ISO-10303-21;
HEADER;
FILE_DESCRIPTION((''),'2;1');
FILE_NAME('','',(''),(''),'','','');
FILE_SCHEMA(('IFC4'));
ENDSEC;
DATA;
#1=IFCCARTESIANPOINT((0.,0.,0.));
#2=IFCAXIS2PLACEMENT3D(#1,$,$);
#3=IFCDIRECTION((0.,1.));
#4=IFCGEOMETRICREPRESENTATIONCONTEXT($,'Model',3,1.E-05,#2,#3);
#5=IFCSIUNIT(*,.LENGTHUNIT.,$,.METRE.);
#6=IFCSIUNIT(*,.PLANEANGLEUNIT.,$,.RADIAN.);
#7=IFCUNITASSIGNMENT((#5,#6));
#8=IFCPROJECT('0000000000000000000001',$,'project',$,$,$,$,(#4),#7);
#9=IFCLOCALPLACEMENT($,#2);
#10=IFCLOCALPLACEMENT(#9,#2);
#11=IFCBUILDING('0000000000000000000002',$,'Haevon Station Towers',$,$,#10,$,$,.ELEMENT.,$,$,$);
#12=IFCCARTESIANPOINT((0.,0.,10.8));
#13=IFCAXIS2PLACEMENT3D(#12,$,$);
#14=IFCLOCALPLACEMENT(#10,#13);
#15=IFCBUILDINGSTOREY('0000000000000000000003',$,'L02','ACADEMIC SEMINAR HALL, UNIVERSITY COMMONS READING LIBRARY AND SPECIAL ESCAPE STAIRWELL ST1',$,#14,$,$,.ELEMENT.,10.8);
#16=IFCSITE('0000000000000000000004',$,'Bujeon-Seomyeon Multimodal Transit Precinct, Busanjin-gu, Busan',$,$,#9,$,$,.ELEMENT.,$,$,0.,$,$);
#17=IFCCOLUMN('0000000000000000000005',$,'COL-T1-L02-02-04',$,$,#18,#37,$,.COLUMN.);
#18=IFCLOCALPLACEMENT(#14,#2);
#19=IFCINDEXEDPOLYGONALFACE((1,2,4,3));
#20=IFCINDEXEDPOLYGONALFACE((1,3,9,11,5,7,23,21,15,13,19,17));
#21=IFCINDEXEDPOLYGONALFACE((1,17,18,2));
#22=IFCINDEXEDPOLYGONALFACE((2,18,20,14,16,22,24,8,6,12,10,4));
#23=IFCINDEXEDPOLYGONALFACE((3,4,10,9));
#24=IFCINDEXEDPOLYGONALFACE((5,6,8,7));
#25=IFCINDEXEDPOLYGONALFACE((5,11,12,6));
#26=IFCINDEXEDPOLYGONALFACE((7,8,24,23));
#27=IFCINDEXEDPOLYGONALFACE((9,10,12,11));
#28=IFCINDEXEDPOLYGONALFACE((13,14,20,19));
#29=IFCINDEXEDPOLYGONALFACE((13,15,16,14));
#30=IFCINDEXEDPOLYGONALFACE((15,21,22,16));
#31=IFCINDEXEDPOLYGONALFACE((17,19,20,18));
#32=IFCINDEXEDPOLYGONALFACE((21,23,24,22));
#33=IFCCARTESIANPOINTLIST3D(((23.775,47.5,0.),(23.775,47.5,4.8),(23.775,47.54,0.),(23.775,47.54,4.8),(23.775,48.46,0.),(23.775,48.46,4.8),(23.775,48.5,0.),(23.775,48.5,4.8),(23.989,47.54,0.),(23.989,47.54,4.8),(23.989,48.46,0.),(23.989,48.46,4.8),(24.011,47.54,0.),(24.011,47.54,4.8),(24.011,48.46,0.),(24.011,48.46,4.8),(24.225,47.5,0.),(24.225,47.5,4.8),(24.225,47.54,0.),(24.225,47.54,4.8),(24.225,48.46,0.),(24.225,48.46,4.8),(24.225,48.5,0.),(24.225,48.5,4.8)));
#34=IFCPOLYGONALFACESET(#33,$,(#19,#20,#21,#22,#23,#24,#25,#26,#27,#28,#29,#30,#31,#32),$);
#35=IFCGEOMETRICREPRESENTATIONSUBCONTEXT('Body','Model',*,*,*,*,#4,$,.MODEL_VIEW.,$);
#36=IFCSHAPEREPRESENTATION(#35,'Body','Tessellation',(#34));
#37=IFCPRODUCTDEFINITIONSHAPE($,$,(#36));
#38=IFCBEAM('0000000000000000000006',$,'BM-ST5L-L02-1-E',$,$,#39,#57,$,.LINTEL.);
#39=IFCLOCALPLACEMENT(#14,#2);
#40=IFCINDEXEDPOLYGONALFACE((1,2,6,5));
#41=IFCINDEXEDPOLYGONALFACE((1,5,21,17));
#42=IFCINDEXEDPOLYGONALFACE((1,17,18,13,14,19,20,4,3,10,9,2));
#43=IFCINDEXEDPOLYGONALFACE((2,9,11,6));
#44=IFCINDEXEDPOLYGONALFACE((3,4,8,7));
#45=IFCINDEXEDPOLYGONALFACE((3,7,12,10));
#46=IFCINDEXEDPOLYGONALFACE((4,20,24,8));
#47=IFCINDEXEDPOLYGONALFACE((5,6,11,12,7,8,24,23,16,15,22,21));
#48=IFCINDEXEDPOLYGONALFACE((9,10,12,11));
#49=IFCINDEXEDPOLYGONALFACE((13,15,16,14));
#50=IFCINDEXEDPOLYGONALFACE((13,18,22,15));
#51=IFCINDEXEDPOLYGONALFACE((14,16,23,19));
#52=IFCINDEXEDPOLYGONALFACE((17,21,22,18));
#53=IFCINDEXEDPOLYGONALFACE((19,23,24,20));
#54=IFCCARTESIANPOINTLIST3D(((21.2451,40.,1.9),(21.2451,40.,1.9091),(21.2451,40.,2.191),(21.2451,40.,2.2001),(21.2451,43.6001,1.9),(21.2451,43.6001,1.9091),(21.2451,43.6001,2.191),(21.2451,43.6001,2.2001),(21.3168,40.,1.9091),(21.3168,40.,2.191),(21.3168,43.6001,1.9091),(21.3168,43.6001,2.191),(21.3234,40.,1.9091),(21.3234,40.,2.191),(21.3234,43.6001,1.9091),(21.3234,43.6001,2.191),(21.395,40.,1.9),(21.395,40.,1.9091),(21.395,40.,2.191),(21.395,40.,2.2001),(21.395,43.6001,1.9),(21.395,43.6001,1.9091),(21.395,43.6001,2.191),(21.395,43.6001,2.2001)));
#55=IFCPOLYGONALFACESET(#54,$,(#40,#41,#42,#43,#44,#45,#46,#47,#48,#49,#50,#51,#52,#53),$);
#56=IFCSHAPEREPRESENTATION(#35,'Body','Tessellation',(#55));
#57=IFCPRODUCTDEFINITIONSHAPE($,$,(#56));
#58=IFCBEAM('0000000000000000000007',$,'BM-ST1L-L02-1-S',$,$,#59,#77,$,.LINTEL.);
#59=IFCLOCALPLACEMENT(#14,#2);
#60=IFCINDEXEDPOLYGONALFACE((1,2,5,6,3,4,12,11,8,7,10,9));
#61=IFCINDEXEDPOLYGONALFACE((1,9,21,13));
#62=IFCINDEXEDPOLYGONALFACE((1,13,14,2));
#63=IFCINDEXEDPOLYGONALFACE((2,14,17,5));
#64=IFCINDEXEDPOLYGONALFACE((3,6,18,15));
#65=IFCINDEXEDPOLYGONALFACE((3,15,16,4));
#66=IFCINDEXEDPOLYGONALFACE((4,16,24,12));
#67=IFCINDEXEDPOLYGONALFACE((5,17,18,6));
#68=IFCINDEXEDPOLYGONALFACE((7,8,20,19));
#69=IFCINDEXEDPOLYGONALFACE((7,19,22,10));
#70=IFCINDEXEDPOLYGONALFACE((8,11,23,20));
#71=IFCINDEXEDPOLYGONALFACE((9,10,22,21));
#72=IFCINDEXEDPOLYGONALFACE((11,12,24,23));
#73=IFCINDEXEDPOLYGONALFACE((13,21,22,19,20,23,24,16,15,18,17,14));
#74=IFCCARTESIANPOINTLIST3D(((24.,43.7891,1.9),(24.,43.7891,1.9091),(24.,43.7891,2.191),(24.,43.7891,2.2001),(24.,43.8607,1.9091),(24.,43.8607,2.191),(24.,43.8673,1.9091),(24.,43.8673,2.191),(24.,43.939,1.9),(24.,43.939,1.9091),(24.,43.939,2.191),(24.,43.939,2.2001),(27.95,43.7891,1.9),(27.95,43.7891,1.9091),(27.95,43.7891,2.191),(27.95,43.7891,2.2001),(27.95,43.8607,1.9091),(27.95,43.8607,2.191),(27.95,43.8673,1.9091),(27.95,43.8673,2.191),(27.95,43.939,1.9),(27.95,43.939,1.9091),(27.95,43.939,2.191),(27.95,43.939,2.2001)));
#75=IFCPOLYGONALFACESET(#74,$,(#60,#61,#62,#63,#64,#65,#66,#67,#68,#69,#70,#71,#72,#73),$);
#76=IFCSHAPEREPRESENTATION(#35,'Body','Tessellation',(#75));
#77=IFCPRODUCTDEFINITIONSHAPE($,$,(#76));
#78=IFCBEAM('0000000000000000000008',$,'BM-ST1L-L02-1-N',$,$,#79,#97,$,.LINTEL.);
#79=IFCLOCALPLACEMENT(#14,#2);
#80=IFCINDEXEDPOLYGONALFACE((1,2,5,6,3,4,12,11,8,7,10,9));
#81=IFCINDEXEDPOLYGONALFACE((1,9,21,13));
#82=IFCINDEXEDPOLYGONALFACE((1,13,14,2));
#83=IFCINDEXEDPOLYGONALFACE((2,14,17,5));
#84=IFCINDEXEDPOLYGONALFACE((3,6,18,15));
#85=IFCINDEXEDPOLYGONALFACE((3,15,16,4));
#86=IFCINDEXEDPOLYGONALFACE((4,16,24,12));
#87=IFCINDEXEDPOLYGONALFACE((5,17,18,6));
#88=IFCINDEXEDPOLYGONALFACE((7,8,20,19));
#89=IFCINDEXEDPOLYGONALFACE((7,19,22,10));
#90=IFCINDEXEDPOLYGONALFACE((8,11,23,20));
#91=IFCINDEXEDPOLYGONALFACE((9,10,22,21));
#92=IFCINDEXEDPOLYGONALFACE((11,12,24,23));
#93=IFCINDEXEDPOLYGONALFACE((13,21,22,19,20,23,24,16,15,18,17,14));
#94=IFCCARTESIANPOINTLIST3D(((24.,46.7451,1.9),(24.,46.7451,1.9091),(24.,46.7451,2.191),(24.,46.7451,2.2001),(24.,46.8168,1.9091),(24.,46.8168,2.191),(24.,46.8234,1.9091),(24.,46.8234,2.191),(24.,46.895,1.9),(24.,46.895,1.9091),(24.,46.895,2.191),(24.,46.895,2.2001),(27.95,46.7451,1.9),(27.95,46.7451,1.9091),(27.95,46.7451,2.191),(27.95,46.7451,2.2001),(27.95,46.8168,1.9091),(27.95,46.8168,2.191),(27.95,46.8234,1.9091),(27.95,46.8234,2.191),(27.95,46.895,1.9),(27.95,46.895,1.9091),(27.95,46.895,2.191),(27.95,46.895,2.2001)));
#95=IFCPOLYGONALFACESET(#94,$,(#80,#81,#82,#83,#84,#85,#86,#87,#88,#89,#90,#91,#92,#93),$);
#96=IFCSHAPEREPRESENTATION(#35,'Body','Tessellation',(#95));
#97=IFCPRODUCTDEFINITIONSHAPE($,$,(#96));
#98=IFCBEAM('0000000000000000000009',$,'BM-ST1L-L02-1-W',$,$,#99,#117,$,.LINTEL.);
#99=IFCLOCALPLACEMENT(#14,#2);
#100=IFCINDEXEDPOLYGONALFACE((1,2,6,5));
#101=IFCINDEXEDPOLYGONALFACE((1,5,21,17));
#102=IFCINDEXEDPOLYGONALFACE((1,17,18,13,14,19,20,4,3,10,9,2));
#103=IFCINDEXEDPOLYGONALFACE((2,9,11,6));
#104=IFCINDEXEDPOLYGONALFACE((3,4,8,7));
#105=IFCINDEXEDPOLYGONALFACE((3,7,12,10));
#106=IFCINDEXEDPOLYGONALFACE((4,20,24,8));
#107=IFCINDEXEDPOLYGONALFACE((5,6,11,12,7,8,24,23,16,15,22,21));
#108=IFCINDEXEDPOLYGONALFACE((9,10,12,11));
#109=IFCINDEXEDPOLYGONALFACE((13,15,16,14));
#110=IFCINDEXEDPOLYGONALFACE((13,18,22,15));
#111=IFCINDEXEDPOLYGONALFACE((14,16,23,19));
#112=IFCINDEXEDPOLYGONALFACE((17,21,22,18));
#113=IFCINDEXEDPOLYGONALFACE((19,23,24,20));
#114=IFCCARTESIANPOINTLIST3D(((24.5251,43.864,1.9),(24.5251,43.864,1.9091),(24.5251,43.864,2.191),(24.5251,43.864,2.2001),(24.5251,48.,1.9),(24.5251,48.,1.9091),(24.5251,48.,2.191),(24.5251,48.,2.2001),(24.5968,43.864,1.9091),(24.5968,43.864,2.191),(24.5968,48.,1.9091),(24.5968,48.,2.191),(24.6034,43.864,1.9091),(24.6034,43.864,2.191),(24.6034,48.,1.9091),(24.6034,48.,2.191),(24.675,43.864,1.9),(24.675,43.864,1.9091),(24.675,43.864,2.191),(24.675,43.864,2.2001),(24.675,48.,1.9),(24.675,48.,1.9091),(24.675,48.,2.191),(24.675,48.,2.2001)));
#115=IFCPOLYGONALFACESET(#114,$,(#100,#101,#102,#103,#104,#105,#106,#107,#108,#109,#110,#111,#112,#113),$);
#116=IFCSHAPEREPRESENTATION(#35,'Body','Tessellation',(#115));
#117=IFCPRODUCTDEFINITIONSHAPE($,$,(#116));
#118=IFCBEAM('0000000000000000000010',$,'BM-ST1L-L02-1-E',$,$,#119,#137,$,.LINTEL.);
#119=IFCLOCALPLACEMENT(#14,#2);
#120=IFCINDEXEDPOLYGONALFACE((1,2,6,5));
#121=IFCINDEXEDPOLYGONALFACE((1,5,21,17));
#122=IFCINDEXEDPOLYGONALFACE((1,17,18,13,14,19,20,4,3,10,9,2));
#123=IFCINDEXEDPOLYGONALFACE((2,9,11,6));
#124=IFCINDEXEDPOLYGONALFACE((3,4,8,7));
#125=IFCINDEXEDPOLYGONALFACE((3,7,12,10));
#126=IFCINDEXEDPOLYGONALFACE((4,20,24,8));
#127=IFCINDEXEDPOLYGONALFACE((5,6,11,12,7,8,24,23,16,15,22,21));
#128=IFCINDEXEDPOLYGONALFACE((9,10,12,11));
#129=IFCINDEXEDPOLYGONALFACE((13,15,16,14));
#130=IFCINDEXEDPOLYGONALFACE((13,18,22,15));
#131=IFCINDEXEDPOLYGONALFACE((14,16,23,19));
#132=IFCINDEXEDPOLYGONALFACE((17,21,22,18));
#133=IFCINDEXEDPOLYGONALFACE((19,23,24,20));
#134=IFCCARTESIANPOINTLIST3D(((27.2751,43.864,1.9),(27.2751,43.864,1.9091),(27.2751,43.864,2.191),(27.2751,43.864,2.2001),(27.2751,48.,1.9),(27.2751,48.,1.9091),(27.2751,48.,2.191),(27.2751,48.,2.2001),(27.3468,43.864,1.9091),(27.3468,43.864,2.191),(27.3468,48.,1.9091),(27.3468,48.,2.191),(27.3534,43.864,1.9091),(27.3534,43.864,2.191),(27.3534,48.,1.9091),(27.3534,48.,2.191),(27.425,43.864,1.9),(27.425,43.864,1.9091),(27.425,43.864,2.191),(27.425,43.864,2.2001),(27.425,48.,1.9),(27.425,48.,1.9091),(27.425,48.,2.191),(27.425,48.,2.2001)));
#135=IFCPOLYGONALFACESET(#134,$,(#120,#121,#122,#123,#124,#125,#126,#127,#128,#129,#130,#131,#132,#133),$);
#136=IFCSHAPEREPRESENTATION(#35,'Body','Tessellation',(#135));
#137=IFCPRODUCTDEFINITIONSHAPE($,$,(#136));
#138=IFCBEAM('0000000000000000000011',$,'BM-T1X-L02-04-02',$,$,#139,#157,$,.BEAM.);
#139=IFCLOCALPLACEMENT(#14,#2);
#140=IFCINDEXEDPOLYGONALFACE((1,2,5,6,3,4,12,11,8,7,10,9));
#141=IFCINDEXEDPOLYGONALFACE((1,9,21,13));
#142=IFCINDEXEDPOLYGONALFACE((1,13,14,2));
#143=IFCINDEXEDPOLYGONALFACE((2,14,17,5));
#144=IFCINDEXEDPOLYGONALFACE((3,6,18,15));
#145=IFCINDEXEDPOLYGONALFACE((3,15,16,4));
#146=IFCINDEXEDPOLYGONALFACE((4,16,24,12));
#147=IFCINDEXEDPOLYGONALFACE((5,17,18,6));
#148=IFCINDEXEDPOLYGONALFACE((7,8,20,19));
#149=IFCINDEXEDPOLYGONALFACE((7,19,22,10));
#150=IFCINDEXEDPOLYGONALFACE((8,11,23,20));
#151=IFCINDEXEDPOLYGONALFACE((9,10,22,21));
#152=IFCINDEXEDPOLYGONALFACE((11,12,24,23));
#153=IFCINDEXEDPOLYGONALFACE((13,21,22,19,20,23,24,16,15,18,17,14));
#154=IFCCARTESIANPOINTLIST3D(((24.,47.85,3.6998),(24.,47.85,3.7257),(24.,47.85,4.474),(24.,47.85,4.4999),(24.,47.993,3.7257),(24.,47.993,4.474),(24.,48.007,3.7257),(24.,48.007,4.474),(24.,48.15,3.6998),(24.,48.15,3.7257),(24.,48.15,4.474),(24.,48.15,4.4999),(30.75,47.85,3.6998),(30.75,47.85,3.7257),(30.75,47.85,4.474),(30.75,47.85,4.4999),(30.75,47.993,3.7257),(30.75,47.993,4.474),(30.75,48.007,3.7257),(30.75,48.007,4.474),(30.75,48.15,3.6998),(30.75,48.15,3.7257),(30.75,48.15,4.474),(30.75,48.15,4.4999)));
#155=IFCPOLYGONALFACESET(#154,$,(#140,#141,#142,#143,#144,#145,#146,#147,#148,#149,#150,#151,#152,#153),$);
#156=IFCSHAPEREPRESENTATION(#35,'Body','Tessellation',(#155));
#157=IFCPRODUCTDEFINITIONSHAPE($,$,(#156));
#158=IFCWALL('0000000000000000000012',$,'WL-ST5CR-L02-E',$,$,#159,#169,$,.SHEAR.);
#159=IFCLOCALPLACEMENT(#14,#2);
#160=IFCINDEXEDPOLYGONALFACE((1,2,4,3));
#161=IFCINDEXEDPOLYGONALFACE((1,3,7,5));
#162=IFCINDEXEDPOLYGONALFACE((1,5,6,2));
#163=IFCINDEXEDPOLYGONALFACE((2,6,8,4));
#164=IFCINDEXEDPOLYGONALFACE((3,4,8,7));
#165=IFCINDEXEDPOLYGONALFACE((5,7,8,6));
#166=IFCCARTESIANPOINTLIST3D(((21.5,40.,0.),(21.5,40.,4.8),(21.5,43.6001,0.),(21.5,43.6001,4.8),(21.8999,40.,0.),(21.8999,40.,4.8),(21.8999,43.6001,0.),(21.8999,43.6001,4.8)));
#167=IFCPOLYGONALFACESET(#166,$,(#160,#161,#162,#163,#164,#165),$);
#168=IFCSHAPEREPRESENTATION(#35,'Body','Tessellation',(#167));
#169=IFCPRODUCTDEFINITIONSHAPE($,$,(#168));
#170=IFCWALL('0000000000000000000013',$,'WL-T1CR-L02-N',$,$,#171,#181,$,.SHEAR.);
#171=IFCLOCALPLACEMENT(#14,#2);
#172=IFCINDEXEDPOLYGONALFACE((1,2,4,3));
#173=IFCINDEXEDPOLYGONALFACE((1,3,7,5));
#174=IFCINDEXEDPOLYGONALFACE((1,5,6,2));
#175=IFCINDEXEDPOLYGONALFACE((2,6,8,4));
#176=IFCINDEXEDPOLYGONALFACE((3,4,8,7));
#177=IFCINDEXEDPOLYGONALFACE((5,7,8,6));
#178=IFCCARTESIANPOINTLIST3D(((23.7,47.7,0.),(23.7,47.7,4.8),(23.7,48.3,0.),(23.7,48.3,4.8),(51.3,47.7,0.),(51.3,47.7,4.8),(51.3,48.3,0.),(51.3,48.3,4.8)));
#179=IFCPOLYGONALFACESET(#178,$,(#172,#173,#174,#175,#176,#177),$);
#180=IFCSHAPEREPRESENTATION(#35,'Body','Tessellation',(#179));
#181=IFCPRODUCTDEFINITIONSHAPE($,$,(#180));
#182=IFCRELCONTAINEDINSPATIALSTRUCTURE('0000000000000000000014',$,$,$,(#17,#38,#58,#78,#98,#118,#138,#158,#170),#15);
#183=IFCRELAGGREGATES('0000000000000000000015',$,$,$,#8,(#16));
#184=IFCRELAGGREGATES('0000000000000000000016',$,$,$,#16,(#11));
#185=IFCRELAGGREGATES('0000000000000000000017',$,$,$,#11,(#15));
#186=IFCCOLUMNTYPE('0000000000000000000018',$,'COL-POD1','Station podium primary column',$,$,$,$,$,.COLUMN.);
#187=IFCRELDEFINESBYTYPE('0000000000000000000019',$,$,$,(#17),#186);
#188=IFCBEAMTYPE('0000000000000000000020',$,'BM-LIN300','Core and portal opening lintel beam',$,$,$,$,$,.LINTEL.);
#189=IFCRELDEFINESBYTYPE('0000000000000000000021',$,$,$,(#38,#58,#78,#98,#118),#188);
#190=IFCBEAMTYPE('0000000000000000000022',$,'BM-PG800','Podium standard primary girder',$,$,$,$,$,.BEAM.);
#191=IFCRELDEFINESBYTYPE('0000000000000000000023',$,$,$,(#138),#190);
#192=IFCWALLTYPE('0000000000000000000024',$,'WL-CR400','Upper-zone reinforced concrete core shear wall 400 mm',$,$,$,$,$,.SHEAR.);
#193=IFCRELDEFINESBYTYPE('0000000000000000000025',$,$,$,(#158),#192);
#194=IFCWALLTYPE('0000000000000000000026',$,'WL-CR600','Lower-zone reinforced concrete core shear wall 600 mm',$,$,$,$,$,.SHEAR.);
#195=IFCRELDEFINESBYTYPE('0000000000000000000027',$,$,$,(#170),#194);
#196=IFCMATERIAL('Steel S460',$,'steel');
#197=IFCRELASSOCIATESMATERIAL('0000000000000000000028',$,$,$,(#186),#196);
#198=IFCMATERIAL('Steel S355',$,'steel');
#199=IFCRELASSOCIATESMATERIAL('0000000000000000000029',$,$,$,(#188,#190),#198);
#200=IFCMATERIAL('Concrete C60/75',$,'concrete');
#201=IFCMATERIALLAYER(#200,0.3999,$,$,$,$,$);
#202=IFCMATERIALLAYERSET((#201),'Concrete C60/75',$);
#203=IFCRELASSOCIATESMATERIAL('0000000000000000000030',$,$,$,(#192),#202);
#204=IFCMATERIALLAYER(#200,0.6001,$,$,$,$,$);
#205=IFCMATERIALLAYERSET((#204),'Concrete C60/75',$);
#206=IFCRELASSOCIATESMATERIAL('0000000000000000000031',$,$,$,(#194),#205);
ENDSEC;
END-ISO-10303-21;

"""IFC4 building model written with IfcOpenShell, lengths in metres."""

from ifc_helpers import new_model, si_unit, direction, frame, frame_2d, origin, origin_2d, place, context, subcontext, project, spatial, rectangle, i_section, extrude, material, layer, layer_set, material_profile, profile_set, type_object, element, save


model = new_model("IFC4")

# Units and contexts
model_context = context("Model", 3, precision=1e-05, world=origin(), true_north=direction((0.0, 1.0)))
body_context = subcontext(model_context, "Body", "Model", "MODEL_VIEW")
ifc_project = project(units=[si_unit("LENGTHUNIT", "METRE"), si_unit("PLANEANGLEUNIT", "RADIAN")], contexts=[model_context])

# Site, building, storey
site_placement = place(None, origin())
site = spatial("IfcSite", under=ifc_project, at=site_placement, Name="Bujeon-Seomyeon Multimodal Transit Precinct, Busanjin-gu, Busan", CompositionType="ELEMENT", RefElevation=0.0)
building_placement = place(site_placement, origin())
building = spatial("IfcBuilding", under=site, at=building_placement, Name="Haevon Station Towers", CompositionType="ELEMENT")
storey_placement = place(building_placement, frame((0.0, 0.0, 10.8)))
storey = spatial("IfcBuildingStorey", under=building, at=storey_placement, Name="L02", Description="ACADEMIC SEMINAR HALL, UNIVERSITY COMMONS READING LIBRARY AND SPECIAL ESCAPE STAIRWELL ST1", CompositionType="ELEMENT", Elevation=10.8)

# Column
ifc_material_1 = material(Name="Steel S460", Category="steel")
ifc_material_profile_1 = material_profile(ifc_material_1, i_section(OverallWidth=0.45, OverallDepth=1.0, WebThickness=0.022, FlangeThickness=0.04, at=origin_2d()), Name="H-1000x450x22x40")
ifc_profile_set_1 = profile_set([ifc_material_profile_1], Name="Steel S460")
column_type = type_object("IfcColumnType", Name="COL-POD1", Description="Station podium primary column", PredefinedType="COLUMN", material=ifc_profile_set_1)
column_placement = place(storey_placement, frame((24.0, 48.0, 0.0), z_axis=(0.0, 0.0, 1.0), x_axis=(1.0, 0.0, 0.0)))
element("IfcColumn", 1, at=column_placement, inside=storey, type_object=column_type, Name="COL-T1-L02-02-04", PredefinedType="COLUMN", context=body_context, shape_type="SweptSolid", body=[
    extrude(i_section(OverallWidth=0.45, OverallDepth=1.0, WebThickness=0.022, FlangeThickness=0.04, at=origin_2d()), origin(), (0.0, 0.0, 1.0), 4.8),
])

# Beams
ifc_material_2 = material(Name="Steel S355", Category="steel")
ifc_material_profile_2 = material_profile(ifc_material_2, i_section(OverallWidth=0.1499, OverallDepth=0.3, WebThickness=0.0066, FlangeThickness=0.009, at=origin_2d()), Name="H-300x150x6.5x9")
ifc_profile_set_2 = profile_set([ifc_material_profile_2], Name="Steel S355")
beam_type_1 = type_object("IfcBeamType", Name="BM-LIN300", Description="Core and portal opening lintel beam", PredefinedType="LINTEL", material=ifc_profile_set_2)
beam_1_placement = place(storey_placement, frame((21.3201, 40.0, 2.05), z_axis=(0.0, 1.0, 0.0), x_axis=(-1.0, 0.0, 0.0)))
element("IfcBeam", 2, at=beam_1_placement, inside=storey, type_object=beam_type_1, Name="BM-ST5L-L02-1-E", PredefinedType="LINTEL", context=body_context, shape_type="SweptSolid", body=[
    extrude(i_section(OverallWidth=0.1499, OverallDepth=0.3, WebThickness=0.0066, FlangeThickness=0.009, at=origin_2d()), origin(), (0.0, 0.0, 1.0), 3.6001),
])
for number, where, z_axis, x_axis, name in (
    (3, (24.0, 43.864, 2.05), (1.0, 0.0, 0.0), (0.0, 1.0, 0.0), "BM-ST1L-L02-1-S"),
    (4, (24.0, 46.8201, 2.05), (1.0, 0.0, 0.0), (0.0, 1.0, 0.0), "BM-ST1L-L02-1-N"),
):
    element("IfcBeam", number, at=place(storey_placement, frame(where, z_axis=z_axis, x_axis=x_axis)), inside=storey, type_object=beam_type_1, Name=name, PredefinedType="LINTEL", context=body_context, shape_type="SweptSolid", body=[
        extrude(i_section(OverallWidth=0.1499, OverallDepth=0.3, WebThickness=0.0066, FlangeThickness=0.009, at=origin_2d()), origin(), (0.0, 0.0, 1.0), 3.95),
    ])
for number, where, z_axis, x_axis, name in (
    (5, (24.6001, 43.864, 2.05), (0.0, 1.0, 0.0), (-1.0, 0.0, 0.0), "BM-ST1L-L02-1-W"),
    (6, (27.3501, 43.864, 2.05), (0.0, 1.0, 0.0), (-1.0, 0.0, 0.0), "BM-ST1L-L02-1-E"),
):
    element("IfcBeam", number, at=place(storey_placement, frame(where, z_axis=z_axis, x_axis=x_axis)), inside=storey, type_object=beam_type_1, Name=name, PredefinedType="LINTEL", context=body_context, shape_type="SweptSolid", body=[
        extrude(i_section(OverallWidth=0.1499, OverallDepth=0.3, WebThickness=0.0066, FlangeThickness=0.009, at=origin_2d()), origin(), (0.0, 0.0, 1.0), 4.136),
    ])
ifc_material_profile_3 = material_profile(ifc_material_2, i_section(OverallWidth=0.3, OverallDepth=0.8, WebThickness=0.0139, FlangeThickness=0.0259, at=origin_2d()), Name="H-800x300x14x26")
ifc_profile_set_3 = profile_set([ifc_material_profile_3], Name="Steel S355")
beam_type_2 = type_object("IfcBeamType", Name="BM-PG800", Description="Podium standard primary girder", PredefinedType="BEAM", material=ifc_profile_set_3)
beam_2_placement = place(storey_placement, frame((24.0, 48.0, 4.0999), z_axis=(1.0, 0.0, 0.0), x_axis=(0.0, 1.0, 0.0)))
element("IfcBeam", 7, at=beam_2_placement, inside=storey, type_object=beam_type_2, Name="BM-T1X-L02-04-02", PredefinedType="BEAM", context=body_context, shape_type="SweptSolid", body=[
    extrude(i_section(OverallWidth=0.3, OverallDepth=0.8, WebThickness=0.0139, FlangeThickness=0.0259, at=origin_2d()), origin(), (0.0, 0.0, 1.0), 6.75),
])

# Walls
ifc_material_3 = material(Name="Concrete C60/75", Category="concrete")
ifc_layer_1 = layer(ifc_material_3, 0.3999)
ifc_layer_set_1 = layer_set([ifc_layer_1], Name="Concrete C60/75")
wall_type_1 = type_object("IfcWallType", Name="WL-CR400", Description="Upper-zone reinforced concrete core shear wall 400 mm", PredefinedType="SHEAR", material=ifc_layer_set_1)
wall_1_placement = place(storey_placement, frame((21.7, 40.0, 0.0), z_axis=(0.0, 0.0, 1.0), x_axis=(0.0, 1.0, 0.0)))
element("IfcWall", 8, at=wall_1_placement, inside=storey, type_object=wall_type_1, Name="WL-ST5CR-L02-E", PredefinedType="SHEAR", context=body_context, shape_type="SweptSolid", body=[
    extrude(rectangle(XDim=3.6001, YDim=0.3999, at=frame_2d((1.8, 0.0))), origin(), (0.0, 0.0, 1.0), 4.8),
])
ifc_layer_2 = layer(ifc_material_3, 0.6001)
ifc_layer_set_2 = layer_set([ifc_layer_2], Name="Concrete C60/75")
wall_type_2 = type_object("IfcWallType", Name="WL-CR600", Description="Lower-zone reinforced concrete core shear wall 600 mm", PredefinedType="SHEAR", material=ifc_layer_set_2)
wall_2_placement = place(storey_placement, frame((23.7, 48.0, 0.0), z_axis=(0.0, 0.0, 1.0), x_axis=(1.0, 0.0, 0.0)))
element("IfcWall", 9, at=wall_2_placement, inside=storey, type_object=wall_type_2, Name="WL-T1CR-L02-N", PredefinedType="SHEAR", context=body_context, shape_type="SweptSolid", body=[
    extrude(rectangle(XDim=27.6001, YDim=0.6001, at=frame_2d((13.8, 0.0))), origin(), (0.0, 0.0, 1.0), 4.8),
])

save(model, "model.ifc")
